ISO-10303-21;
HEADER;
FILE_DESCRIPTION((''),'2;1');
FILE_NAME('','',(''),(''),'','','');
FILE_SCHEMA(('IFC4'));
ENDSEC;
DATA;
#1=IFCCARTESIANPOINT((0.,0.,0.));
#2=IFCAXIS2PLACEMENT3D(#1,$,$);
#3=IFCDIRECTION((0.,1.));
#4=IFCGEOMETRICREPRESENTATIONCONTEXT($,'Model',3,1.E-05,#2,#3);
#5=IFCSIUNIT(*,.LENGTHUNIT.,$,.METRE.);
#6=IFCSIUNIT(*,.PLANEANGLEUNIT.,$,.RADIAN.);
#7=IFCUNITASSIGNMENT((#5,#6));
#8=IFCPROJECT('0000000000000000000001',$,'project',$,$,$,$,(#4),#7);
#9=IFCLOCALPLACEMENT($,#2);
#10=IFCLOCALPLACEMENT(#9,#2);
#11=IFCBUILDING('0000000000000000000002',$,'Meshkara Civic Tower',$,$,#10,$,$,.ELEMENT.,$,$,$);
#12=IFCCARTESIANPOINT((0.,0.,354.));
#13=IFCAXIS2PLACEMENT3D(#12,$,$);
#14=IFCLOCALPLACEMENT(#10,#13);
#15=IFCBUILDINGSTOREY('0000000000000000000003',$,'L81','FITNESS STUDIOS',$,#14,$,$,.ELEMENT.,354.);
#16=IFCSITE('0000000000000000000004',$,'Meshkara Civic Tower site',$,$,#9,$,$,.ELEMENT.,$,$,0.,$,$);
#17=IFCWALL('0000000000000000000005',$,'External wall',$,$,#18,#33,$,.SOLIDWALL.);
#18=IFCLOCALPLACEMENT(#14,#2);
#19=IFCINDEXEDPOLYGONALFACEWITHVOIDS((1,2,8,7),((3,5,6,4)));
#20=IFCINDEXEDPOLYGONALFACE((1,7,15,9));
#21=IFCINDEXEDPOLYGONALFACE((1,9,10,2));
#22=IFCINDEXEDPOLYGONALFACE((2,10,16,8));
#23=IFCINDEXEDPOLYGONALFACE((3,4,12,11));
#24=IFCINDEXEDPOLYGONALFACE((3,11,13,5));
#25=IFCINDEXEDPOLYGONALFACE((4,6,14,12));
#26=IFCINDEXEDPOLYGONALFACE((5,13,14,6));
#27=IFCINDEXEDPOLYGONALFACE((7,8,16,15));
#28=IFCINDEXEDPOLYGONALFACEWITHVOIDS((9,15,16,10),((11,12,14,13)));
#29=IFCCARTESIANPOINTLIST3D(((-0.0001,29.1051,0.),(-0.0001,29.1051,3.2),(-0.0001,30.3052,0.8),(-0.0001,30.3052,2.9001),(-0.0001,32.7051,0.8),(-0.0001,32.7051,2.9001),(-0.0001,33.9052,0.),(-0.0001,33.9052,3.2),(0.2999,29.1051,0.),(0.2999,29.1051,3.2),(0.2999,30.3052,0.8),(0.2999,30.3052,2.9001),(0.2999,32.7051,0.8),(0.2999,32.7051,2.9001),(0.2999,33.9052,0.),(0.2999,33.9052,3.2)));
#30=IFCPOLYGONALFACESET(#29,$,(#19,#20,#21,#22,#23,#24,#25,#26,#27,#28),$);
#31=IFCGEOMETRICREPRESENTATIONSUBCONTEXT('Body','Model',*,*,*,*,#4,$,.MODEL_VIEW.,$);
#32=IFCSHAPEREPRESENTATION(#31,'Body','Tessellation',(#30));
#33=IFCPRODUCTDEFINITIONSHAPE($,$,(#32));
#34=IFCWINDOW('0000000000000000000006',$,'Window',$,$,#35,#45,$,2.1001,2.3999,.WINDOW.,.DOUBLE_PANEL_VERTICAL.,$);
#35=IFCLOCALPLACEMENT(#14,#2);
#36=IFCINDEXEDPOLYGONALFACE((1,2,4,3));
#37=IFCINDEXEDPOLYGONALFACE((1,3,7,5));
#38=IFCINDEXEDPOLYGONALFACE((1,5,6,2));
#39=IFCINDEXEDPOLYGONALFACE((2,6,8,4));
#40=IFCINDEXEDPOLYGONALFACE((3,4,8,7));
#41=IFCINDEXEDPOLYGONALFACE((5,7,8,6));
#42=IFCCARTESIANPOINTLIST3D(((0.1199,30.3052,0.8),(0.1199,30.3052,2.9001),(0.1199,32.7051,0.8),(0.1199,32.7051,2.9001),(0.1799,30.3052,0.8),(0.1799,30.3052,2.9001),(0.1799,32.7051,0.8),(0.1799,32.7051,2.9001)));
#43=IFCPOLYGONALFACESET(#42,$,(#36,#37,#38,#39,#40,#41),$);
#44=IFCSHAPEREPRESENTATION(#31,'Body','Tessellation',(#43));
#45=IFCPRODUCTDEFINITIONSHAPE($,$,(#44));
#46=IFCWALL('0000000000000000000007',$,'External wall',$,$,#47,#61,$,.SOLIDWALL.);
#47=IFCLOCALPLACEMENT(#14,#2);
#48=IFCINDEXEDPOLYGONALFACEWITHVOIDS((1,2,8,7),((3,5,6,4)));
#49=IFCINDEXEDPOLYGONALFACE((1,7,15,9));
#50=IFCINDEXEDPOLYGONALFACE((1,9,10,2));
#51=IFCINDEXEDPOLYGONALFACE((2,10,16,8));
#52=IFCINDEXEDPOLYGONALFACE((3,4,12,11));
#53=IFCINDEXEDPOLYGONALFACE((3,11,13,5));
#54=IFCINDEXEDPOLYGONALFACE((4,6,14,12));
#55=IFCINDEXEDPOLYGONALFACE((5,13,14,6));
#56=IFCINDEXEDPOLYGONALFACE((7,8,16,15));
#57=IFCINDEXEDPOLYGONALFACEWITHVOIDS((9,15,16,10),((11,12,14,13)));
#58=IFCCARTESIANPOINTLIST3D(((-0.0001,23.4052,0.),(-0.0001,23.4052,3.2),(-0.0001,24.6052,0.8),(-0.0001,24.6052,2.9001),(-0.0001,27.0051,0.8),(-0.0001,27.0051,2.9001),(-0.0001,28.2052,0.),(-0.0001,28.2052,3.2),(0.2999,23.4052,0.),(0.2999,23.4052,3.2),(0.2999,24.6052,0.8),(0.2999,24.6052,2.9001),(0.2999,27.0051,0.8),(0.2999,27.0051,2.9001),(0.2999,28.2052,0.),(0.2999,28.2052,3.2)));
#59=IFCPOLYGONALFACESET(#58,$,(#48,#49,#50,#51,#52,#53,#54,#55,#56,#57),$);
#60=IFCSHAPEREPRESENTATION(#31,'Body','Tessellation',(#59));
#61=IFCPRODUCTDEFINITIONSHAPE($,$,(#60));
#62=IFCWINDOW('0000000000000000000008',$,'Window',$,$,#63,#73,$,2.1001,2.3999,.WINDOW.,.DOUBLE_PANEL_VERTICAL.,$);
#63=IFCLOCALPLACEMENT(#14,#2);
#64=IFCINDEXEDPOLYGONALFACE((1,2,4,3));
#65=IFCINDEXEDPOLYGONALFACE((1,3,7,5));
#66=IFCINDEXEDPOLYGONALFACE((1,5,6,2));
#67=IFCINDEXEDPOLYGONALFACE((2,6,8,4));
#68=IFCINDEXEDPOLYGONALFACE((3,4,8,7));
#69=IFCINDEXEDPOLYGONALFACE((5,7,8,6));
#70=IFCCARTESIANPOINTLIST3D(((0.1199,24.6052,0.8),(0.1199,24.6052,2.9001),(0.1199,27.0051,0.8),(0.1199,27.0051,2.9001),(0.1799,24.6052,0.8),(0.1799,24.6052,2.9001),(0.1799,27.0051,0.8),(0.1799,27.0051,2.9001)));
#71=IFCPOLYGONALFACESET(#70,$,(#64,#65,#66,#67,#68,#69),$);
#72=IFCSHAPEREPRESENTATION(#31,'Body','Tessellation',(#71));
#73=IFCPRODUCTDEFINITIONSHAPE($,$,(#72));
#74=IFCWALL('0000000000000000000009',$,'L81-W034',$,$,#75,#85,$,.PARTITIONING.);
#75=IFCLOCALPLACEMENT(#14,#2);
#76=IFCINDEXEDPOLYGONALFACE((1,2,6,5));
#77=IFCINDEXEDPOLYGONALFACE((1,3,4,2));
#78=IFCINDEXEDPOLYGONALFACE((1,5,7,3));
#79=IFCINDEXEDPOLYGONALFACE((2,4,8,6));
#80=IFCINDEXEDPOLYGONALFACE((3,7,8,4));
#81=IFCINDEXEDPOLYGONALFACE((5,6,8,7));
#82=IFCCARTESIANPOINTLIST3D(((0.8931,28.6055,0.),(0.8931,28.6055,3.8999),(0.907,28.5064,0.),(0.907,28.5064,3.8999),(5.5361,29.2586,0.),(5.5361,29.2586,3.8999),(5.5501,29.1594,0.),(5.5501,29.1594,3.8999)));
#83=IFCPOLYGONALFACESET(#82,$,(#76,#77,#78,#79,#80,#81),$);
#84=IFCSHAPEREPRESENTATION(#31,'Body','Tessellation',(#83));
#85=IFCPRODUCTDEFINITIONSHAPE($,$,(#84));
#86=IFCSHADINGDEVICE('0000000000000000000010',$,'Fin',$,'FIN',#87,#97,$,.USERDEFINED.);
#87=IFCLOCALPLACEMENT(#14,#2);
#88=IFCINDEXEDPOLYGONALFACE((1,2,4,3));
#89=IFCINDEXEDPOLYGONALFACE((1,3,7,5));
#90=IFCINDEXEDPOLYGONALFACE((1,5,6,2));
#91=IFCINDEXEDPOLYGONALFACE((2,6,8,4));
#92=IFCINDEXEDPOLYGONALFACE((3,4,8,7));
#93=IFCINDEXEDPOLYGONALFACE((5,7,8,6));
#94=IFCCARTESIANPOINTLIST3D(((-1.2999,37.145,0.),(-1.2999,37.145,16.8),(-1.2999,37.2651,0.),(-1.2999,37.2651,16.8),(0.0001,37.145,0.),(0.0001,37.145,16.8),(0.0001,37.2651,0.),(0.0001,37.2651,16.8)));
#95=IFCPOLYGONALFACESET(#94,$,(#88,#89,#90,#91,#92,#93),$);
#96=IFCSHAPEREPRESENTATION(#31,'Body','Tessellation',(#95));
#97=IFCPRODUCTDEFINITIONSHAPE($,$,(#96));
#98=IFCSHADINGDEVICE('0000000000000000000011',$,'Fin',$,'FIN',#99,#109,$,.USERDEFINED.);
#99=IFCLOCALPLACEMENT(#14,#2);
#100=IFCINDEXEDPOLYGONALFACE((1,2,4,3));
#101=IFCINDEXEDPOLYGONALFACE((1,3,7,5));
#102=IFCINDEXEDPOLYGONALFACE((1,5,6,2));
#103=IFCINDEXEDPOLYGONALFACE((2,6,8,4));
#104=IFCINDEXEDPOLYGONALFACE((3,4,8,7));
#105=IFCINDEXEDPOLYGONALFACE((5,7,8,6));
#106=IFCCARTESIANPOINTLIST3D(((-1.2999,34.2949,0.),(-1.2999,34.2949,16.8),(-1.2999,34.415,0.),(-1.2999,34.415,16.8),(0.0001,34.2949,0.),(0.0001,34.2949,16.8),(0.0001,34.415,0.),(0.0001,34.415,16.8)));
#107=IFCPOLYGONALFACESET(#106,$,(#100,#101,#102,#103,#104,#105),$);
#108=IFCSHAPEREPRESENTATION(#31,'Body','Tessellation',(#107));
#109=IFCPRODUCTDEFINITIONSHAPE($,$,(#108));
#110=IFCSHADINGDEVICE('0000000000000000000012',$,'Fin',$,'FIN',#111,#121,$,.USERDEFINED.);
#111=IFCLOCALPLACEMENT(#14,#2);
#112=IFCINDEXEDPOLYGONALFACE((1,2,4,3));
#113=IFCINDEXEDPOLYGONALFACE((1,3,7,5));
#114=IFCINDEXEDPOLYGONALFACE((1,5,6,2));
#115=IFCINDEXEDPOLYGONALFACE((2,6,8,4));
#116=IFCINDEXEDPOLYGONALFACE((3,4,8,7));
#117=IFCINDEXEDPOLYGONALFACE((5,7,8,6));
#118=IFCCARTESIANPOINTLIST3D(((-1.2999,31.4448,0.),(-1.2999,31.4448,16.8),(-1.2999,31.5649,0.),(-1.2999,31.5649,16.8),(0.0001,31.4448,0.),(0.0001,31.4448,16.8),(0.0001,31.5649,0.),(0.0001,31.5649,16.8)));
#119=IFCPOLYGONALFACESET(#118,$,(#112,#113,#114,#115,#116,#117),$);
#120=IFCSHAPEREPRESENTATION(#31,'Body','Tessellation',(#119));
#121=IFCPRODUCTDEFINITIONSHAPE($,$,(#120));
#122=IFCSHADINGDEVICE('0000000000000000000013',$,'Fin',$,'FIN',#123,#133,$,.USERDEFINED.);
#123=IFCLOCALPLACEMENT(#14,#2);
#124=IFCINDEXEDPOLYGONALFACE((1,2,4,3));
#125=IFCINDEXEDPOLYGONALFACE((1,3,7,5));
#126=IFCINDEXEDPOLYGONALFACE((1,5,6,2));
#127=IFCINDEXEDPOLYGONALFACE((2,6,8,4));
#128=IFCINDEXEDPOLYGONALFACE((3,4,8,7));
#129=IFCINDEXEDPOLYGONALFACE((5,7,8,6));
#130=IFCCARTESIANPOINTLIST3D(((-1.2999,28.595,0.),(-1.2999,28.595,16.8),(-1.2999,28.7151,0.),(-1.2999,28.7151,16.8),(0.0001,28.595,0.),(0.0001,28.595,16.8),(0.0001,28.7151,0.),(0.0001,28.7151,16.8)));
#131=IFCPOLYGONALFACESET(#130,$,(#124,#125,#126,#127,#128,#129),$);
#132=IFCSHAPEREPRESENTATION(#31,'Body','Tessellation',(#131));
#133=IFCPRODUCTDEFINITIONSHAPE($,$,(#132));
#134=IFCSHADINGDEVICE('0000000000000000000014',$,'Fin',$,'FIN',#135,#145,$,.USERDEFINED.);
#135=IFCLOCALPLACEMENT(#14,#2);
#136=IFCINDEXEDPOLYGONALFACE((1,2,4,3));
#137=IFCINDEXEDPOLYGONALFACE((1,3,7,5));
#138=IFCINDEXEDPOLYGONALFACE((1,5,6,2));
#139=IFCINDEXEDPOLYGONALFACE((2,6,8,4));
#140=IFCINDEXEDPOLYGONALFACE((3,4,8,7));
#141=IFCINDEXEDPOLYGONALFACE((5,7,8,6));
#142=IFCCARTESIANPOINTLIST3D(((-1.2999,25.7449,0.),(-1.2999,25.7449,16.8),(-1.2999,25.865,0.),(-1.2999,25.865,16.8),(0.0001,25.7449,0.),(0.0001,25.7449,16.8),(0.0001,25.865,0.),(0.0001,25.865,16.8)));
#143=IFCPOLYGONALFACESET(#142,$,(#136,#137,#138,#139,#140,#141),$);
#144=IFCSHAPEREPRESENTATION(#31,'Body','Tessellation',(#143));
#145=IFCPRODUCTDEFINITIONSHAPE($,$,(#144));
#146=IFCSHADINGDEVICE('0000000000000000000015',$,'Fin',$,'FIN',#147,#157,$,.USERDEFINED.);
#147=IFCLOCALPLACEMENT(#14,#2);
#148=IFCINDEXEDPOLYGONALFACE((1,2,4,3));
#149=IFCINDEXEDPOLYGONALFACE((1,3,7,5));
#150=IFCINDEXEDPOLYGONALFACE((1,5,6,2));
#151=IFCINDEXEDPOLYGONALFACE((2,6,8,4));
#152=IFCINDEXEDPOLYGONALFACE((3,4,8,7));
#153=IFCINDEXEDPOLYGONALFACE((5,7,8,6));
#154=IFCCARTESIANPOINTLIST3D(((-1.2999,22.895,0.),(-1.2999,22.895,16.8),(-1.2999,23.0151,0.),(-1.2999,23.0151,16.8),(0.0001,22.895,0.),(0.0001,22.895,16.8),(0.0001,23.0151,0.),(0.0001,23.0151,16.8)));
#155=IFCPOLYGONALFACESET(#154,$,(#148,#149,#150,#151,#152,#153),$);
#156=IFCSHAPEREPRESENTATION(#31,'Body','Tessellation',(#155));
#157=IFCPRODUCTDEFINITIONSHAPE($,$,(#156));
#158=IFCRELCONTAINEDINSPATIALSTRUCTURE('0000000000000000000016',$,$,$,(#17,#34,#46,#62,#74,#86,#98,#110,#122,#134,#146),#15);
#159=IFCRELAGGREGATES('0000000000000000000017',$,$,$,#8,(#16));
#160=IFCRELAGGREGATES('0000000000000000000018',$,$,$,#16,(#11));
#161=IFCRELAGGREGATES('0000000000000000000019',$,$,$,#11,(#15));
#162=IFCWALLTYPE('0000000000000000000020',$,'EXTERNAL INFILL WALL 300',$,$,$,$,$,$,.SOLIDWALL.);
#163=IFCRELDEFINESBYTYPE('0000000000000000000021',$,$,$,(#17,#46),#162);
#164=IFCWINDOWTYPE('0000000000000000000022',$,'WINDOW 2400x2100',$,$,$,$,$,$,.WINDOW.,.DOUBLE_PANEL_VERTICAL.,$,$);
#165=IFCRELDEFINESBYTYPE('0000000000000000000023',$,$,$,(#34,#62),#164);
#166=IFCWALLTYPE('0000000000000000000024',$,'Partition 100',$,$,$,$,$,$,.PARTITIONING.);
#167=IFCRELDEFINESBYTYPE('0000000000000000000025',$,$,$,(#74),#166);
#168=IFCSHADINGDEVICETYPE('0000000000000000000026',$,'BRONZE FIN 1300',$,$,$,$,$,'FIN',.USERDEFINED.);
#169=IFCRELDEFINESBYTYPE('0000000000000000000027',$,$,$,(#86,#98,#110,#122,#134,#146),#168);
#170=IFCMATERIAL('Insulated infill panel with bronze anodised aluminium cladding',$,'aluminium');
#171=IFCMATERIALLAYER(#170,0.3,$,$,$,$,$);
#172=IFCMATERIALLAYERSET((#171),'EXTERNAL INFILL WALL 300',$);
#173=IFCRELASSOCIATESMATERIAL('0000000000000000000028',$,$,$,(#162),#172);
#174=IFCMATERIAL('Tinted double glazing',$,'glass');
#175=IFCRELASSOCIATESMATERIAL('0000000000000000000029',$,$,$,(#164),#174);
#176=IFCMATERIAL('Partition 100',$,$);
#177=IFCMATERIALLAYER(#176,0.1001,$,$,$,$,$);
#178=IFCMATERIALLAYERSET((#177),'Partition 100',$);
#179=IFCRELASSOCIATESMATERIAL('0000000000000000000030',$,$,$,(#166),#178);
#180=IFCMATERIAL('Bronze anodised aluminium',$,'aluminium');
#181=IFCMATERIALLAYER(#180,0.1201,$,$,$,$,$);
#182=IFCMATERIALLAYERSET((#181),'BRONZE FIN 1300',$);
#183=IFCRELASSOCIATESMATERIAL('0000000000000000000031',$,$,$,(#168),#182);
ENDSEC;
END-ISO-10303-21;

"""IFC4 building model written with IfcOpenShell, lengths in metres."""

from ifc_helpers import new_model, si_unit, direction, frame, frame_2d, origin, origin_2d, place, context, subcontext, project, spatial, rectangle, extrude, material, layer, layer_set, type_object, element, fill, save


model = new_model("IFC4")

# Units and contexts
model_context = context("Model", 3, precision=1e-05, world=origin(), true_north=direction((0.0, 1.0)))
body_context = subcontext(model_context, "Body", "Model", "MODEL_VIEW")
ifc_project = project(units=[si_unit("LENGTHUNIT", "METRE"), si_unit("PLANEANGLEUNIT", "RADIAN")], contexts=[model_context])

# Site, building, storey
site_placement = place(None, origin())
site = spatial("IfcSite", under=ifc_project, at=site_placement, Name="Meshkara Civic Tower site", CompositionType="ELEMENT", RefElevation=0.0)
building_placement = place(site_placement, origin())
building = spatial("IfcBuilding", under=site, at=building_placement, Name="Meshkara Civic Tower", CompositionType="ELEMENT")
storey_placement = place(building_placement, frame((0.0, 0.0, 354.0)))
storey = spatial("IfcBuildingStorey", under=building, at=storey_placement, Name="L81", Description="FITNESS STUDIOS", CompositionType="ELEMENT", Elevation=354.0)

# Walls, openings, windows
ifc_material_1 = material(Name="Insulated infill panel with bronze anodised aluminium cladding", Category="aluminium")
ifc_layer_1 = layer(ifc_material_1, 0.3)
ifc_layer_set_1 = layer_set([ifc_layer_1], Name="EXTERNAL INFILL WALL 300")
wall_type_1 = type_object("IfcWallType", Name="EXTERNAL INFILL WALL 300", PredefinedType="SOLIDWALL", material=ifc_layer_set_1)
wall_1_placement = place(storey_placement, frame((0.1499, 33.905, 0.0), z_axis=(0.0, 0.0, 1.0), x_axis=(0.0, -1.0, 0.0)))
wall_1 = element("IfcWall", 1, at=wall_1_placement, inside=storey, type_object=wall_type_1, Name="External wall", PredefinedType="SOLIDWALL", context=body_context, shape_type="SweptSolid", body=[
    extrude(rectangle(XDim=4.8, YDim=0.3, at=frame_2d((2.3999, 0.0))), origin(), (0.0, 0.0, 1.0), 3.2),
])
opening_1_placement = place(wall_1_placement, frame((1.2, 0.0, 0.8)))
opening_1 = element("IfcOpeningElement", 2, at=opening_1_placement, cuts=wall_1, PredefinedType="OPENING", context=body_context, shape_type="SweptSolid", body=[
    extrude(rectangle(XDim=2.3999, YDim=2.1001, at=frame_2d((1.2, 1.05))), frame((0.0, 0.1599, 0.0), z_axis=(0.0, -1.0, 0.0), x_axis=(1.0, 0.0, 0.0)), (0.0, 0.0, 1.0), 0.3201),
])
ifc_material_2 = material(Name="Tinted double glazing", Category="glass")
window_type = type_object("IfcWindowType", Name="WINDOW 2400x2100", PartitioningType="DOUBLE_PANEL_VERTICAL", PredefinedType="WINDOW", material=ifc_material_2)
window_1_placement = place(opening_1_placement, origin())
window_1 = element("IfcWindow", 3, at=window_1_placement, inside=storey, type_object=window_type, Name="Window", OverallHeight=2.1001, OverallWidth=2.3999, PartitioningType="DOUBLE_PANEL_VERTICAL", PredefinedType="WINDOW", context=body_context, shape_type="SweptSolid", body=[
    extrude(rectangle(XDim=2.3999, YDim=2.1001, at=frame_2d((1.2, 1.05))), frame((0.0, 0.03, 0.0), z_axis=(0.0, -1.0, 0.0), x_axis=(1.0, 0.0, 0.0)), (0.0, 0.0, 1.0), 0.0601),
])
fill(opening_1, window_1)
wall_2_placement = place(storey_placement, frame((0.1499, 28.2051, 0.0), z_axis=(0.0, 0.0, 1.0), x_axis=(0.0, -1.0, 0.0)))
wall_2 = element("IfcWall", 4, at=wall_2_placement, inside=storey, type_object=wall_type_1, Name="External wall", PredefinedType="SOLIDWALL", context=body_context, shape_type="SweptSolid", body=[
    extrude(rectangle(XDim=4.8, YDim=0.3, at=frame_2d((2.3999, 0.0))), origin(), (0.0, 0.0, 1.0), 3.2),
])
opening_2_placement = place(wall_2_placement, frame((1.2, 0.0, 0.8)))
opening_2 = element("IfcOpeningElement", 5, at=opening_2_placement, cuts=wall_2, PredefinedType="OPENING", context=body_context, shape_type="SweptSolid", body=[
    extrude(rectangle(XDim=2.3999, YDim=2.1001, at=frame_2d((1.2, 1.05))), frame((0.0, 0.1599, 0.0), z_axis=(0.0, -1.0, 0.0), x_axis=(1.0, 0.0, 0.0)), (0.0, 0.0, 1.0), 0.3201),
])
window_2_placement = place(opening_2_placement, origin())
window_2 = element("IfcWindow", 6, at=window_2_placement, inside=storey, type_object=window_type, Name="Window", OverallHeight=2.1001, OverallWidth=2.3999, PartitioningType="DOUBLE_PANEL_VERTICAL", PredefinedType="WINDOW", context=body_context, shape_type="SweptSolid", body=[
    extrude(rectangle(XDim=2.3999, YDim=2.1001, at=frame_2d((1.2, 1.05))), frame((0.0, 0.03, 0.0), z_axis=(0.0, -1.0, 0.0), x_axis=(1.0, 0.0, 0.0)), (0.0, 0.0, 1.0), 0.0601),
])
fill(opening_2, window_2)

# Wall
ifc_material_3 = material(Name="Partition 100")
ifc_layer_2 = layer(ifc_material_3, 0.1001)
ifc_layer_set_2 = layer_set([ifc_layer_2], Name="Partition 100")
wall_type_2 = type_object("IfcWallType", Name="Partition 100", PredefinedType="PARTITIONING", material=ifc_layer_set_2)
wall_3_placement = place(storey_placement, frame((5.543, 29.209, 0.0), z_axis=(0.0, 0.0, 1.0), x_axis=(-0.990252, -0.139285, 0.0)))
element("IfcWall", 7, at=wall_3_placement, inside=storey, type_object=wall_type_2, Name="L81-W034", PredefinedType="PARTITIONING", context=body_context, shape_type="SweptSolid", body=[
    extrude(rectangle(XDim=4.6887, YDim=0.1001, at=frame_2d((2.3442, 0.0))), origin(), (0.0, 0.0, 1.0), 3.8999),
])

# Shading devices
ifc_material_4 = material(Name="Bronze anodised aluminium", Category="aluminium")
ifc_layer_3 = layer(ifc_material_4, 0.1201)
ifc_layer_set_3 = layer_set([ifc_layer_3], Name="BRONZE FIN 1300")
shading_device_type = type_object("IfcShadingDeviceType", Name="BRONZE FIN 1300", ElementType="FIN", PredefinedType="USERDEFINED", material=ifc_layer_set_3)
for number, where, z_axis, x_axis, name in (
    (8, (-0.6499, 37.2051, 0.0), (0.0, 0.0, 1.0), (0.0, -1.0, 0.0), "Fin"),
    (9, (-0.6499, 34.355, 0.0), (0.0, 0.0, 1.0), (0.0, -1.0, 0.0), "Fin"),
    (10, (-0.6499, 31.5049, 0.0), (0.0, 0.0, 1.0), (0.0, -1.0, 0.0), "Fin"),
    (11, (-0.6499, 28.655, 0.0), (0.0, 0.0, 1.0), (0.0, -1.0, 0.0), "Fin"),
    (12, (-0.6499, 25.8049, 0.0), (0.0, 0.0, 1.0), (0.0, -1.0, 0.0), "Fin"),
    (13, (-0.6499, 22.9551, 0.0), (0.0, 0.0, 1.0), (0.0, -1.0, 0.0), "Fin"),
):
    element("IfcShadingDevice", number, at=place(storey_placement, frame(where, z_axis=z_axis, x_axis=x_axis)), inside=storey, type_object=shading_device_type, Name=name, ObjectType="FIN", PredefinedType="USERDEFINED", context=body_context, shape_type="SweptSolid", body=[
        extrude(rectangle(XDim=0.1201, YDim=1.3, at=origin_2d()), origin(), (0.0, 0.0, 1.0), 16.8),
    ])

save(model, "model.ifc")
